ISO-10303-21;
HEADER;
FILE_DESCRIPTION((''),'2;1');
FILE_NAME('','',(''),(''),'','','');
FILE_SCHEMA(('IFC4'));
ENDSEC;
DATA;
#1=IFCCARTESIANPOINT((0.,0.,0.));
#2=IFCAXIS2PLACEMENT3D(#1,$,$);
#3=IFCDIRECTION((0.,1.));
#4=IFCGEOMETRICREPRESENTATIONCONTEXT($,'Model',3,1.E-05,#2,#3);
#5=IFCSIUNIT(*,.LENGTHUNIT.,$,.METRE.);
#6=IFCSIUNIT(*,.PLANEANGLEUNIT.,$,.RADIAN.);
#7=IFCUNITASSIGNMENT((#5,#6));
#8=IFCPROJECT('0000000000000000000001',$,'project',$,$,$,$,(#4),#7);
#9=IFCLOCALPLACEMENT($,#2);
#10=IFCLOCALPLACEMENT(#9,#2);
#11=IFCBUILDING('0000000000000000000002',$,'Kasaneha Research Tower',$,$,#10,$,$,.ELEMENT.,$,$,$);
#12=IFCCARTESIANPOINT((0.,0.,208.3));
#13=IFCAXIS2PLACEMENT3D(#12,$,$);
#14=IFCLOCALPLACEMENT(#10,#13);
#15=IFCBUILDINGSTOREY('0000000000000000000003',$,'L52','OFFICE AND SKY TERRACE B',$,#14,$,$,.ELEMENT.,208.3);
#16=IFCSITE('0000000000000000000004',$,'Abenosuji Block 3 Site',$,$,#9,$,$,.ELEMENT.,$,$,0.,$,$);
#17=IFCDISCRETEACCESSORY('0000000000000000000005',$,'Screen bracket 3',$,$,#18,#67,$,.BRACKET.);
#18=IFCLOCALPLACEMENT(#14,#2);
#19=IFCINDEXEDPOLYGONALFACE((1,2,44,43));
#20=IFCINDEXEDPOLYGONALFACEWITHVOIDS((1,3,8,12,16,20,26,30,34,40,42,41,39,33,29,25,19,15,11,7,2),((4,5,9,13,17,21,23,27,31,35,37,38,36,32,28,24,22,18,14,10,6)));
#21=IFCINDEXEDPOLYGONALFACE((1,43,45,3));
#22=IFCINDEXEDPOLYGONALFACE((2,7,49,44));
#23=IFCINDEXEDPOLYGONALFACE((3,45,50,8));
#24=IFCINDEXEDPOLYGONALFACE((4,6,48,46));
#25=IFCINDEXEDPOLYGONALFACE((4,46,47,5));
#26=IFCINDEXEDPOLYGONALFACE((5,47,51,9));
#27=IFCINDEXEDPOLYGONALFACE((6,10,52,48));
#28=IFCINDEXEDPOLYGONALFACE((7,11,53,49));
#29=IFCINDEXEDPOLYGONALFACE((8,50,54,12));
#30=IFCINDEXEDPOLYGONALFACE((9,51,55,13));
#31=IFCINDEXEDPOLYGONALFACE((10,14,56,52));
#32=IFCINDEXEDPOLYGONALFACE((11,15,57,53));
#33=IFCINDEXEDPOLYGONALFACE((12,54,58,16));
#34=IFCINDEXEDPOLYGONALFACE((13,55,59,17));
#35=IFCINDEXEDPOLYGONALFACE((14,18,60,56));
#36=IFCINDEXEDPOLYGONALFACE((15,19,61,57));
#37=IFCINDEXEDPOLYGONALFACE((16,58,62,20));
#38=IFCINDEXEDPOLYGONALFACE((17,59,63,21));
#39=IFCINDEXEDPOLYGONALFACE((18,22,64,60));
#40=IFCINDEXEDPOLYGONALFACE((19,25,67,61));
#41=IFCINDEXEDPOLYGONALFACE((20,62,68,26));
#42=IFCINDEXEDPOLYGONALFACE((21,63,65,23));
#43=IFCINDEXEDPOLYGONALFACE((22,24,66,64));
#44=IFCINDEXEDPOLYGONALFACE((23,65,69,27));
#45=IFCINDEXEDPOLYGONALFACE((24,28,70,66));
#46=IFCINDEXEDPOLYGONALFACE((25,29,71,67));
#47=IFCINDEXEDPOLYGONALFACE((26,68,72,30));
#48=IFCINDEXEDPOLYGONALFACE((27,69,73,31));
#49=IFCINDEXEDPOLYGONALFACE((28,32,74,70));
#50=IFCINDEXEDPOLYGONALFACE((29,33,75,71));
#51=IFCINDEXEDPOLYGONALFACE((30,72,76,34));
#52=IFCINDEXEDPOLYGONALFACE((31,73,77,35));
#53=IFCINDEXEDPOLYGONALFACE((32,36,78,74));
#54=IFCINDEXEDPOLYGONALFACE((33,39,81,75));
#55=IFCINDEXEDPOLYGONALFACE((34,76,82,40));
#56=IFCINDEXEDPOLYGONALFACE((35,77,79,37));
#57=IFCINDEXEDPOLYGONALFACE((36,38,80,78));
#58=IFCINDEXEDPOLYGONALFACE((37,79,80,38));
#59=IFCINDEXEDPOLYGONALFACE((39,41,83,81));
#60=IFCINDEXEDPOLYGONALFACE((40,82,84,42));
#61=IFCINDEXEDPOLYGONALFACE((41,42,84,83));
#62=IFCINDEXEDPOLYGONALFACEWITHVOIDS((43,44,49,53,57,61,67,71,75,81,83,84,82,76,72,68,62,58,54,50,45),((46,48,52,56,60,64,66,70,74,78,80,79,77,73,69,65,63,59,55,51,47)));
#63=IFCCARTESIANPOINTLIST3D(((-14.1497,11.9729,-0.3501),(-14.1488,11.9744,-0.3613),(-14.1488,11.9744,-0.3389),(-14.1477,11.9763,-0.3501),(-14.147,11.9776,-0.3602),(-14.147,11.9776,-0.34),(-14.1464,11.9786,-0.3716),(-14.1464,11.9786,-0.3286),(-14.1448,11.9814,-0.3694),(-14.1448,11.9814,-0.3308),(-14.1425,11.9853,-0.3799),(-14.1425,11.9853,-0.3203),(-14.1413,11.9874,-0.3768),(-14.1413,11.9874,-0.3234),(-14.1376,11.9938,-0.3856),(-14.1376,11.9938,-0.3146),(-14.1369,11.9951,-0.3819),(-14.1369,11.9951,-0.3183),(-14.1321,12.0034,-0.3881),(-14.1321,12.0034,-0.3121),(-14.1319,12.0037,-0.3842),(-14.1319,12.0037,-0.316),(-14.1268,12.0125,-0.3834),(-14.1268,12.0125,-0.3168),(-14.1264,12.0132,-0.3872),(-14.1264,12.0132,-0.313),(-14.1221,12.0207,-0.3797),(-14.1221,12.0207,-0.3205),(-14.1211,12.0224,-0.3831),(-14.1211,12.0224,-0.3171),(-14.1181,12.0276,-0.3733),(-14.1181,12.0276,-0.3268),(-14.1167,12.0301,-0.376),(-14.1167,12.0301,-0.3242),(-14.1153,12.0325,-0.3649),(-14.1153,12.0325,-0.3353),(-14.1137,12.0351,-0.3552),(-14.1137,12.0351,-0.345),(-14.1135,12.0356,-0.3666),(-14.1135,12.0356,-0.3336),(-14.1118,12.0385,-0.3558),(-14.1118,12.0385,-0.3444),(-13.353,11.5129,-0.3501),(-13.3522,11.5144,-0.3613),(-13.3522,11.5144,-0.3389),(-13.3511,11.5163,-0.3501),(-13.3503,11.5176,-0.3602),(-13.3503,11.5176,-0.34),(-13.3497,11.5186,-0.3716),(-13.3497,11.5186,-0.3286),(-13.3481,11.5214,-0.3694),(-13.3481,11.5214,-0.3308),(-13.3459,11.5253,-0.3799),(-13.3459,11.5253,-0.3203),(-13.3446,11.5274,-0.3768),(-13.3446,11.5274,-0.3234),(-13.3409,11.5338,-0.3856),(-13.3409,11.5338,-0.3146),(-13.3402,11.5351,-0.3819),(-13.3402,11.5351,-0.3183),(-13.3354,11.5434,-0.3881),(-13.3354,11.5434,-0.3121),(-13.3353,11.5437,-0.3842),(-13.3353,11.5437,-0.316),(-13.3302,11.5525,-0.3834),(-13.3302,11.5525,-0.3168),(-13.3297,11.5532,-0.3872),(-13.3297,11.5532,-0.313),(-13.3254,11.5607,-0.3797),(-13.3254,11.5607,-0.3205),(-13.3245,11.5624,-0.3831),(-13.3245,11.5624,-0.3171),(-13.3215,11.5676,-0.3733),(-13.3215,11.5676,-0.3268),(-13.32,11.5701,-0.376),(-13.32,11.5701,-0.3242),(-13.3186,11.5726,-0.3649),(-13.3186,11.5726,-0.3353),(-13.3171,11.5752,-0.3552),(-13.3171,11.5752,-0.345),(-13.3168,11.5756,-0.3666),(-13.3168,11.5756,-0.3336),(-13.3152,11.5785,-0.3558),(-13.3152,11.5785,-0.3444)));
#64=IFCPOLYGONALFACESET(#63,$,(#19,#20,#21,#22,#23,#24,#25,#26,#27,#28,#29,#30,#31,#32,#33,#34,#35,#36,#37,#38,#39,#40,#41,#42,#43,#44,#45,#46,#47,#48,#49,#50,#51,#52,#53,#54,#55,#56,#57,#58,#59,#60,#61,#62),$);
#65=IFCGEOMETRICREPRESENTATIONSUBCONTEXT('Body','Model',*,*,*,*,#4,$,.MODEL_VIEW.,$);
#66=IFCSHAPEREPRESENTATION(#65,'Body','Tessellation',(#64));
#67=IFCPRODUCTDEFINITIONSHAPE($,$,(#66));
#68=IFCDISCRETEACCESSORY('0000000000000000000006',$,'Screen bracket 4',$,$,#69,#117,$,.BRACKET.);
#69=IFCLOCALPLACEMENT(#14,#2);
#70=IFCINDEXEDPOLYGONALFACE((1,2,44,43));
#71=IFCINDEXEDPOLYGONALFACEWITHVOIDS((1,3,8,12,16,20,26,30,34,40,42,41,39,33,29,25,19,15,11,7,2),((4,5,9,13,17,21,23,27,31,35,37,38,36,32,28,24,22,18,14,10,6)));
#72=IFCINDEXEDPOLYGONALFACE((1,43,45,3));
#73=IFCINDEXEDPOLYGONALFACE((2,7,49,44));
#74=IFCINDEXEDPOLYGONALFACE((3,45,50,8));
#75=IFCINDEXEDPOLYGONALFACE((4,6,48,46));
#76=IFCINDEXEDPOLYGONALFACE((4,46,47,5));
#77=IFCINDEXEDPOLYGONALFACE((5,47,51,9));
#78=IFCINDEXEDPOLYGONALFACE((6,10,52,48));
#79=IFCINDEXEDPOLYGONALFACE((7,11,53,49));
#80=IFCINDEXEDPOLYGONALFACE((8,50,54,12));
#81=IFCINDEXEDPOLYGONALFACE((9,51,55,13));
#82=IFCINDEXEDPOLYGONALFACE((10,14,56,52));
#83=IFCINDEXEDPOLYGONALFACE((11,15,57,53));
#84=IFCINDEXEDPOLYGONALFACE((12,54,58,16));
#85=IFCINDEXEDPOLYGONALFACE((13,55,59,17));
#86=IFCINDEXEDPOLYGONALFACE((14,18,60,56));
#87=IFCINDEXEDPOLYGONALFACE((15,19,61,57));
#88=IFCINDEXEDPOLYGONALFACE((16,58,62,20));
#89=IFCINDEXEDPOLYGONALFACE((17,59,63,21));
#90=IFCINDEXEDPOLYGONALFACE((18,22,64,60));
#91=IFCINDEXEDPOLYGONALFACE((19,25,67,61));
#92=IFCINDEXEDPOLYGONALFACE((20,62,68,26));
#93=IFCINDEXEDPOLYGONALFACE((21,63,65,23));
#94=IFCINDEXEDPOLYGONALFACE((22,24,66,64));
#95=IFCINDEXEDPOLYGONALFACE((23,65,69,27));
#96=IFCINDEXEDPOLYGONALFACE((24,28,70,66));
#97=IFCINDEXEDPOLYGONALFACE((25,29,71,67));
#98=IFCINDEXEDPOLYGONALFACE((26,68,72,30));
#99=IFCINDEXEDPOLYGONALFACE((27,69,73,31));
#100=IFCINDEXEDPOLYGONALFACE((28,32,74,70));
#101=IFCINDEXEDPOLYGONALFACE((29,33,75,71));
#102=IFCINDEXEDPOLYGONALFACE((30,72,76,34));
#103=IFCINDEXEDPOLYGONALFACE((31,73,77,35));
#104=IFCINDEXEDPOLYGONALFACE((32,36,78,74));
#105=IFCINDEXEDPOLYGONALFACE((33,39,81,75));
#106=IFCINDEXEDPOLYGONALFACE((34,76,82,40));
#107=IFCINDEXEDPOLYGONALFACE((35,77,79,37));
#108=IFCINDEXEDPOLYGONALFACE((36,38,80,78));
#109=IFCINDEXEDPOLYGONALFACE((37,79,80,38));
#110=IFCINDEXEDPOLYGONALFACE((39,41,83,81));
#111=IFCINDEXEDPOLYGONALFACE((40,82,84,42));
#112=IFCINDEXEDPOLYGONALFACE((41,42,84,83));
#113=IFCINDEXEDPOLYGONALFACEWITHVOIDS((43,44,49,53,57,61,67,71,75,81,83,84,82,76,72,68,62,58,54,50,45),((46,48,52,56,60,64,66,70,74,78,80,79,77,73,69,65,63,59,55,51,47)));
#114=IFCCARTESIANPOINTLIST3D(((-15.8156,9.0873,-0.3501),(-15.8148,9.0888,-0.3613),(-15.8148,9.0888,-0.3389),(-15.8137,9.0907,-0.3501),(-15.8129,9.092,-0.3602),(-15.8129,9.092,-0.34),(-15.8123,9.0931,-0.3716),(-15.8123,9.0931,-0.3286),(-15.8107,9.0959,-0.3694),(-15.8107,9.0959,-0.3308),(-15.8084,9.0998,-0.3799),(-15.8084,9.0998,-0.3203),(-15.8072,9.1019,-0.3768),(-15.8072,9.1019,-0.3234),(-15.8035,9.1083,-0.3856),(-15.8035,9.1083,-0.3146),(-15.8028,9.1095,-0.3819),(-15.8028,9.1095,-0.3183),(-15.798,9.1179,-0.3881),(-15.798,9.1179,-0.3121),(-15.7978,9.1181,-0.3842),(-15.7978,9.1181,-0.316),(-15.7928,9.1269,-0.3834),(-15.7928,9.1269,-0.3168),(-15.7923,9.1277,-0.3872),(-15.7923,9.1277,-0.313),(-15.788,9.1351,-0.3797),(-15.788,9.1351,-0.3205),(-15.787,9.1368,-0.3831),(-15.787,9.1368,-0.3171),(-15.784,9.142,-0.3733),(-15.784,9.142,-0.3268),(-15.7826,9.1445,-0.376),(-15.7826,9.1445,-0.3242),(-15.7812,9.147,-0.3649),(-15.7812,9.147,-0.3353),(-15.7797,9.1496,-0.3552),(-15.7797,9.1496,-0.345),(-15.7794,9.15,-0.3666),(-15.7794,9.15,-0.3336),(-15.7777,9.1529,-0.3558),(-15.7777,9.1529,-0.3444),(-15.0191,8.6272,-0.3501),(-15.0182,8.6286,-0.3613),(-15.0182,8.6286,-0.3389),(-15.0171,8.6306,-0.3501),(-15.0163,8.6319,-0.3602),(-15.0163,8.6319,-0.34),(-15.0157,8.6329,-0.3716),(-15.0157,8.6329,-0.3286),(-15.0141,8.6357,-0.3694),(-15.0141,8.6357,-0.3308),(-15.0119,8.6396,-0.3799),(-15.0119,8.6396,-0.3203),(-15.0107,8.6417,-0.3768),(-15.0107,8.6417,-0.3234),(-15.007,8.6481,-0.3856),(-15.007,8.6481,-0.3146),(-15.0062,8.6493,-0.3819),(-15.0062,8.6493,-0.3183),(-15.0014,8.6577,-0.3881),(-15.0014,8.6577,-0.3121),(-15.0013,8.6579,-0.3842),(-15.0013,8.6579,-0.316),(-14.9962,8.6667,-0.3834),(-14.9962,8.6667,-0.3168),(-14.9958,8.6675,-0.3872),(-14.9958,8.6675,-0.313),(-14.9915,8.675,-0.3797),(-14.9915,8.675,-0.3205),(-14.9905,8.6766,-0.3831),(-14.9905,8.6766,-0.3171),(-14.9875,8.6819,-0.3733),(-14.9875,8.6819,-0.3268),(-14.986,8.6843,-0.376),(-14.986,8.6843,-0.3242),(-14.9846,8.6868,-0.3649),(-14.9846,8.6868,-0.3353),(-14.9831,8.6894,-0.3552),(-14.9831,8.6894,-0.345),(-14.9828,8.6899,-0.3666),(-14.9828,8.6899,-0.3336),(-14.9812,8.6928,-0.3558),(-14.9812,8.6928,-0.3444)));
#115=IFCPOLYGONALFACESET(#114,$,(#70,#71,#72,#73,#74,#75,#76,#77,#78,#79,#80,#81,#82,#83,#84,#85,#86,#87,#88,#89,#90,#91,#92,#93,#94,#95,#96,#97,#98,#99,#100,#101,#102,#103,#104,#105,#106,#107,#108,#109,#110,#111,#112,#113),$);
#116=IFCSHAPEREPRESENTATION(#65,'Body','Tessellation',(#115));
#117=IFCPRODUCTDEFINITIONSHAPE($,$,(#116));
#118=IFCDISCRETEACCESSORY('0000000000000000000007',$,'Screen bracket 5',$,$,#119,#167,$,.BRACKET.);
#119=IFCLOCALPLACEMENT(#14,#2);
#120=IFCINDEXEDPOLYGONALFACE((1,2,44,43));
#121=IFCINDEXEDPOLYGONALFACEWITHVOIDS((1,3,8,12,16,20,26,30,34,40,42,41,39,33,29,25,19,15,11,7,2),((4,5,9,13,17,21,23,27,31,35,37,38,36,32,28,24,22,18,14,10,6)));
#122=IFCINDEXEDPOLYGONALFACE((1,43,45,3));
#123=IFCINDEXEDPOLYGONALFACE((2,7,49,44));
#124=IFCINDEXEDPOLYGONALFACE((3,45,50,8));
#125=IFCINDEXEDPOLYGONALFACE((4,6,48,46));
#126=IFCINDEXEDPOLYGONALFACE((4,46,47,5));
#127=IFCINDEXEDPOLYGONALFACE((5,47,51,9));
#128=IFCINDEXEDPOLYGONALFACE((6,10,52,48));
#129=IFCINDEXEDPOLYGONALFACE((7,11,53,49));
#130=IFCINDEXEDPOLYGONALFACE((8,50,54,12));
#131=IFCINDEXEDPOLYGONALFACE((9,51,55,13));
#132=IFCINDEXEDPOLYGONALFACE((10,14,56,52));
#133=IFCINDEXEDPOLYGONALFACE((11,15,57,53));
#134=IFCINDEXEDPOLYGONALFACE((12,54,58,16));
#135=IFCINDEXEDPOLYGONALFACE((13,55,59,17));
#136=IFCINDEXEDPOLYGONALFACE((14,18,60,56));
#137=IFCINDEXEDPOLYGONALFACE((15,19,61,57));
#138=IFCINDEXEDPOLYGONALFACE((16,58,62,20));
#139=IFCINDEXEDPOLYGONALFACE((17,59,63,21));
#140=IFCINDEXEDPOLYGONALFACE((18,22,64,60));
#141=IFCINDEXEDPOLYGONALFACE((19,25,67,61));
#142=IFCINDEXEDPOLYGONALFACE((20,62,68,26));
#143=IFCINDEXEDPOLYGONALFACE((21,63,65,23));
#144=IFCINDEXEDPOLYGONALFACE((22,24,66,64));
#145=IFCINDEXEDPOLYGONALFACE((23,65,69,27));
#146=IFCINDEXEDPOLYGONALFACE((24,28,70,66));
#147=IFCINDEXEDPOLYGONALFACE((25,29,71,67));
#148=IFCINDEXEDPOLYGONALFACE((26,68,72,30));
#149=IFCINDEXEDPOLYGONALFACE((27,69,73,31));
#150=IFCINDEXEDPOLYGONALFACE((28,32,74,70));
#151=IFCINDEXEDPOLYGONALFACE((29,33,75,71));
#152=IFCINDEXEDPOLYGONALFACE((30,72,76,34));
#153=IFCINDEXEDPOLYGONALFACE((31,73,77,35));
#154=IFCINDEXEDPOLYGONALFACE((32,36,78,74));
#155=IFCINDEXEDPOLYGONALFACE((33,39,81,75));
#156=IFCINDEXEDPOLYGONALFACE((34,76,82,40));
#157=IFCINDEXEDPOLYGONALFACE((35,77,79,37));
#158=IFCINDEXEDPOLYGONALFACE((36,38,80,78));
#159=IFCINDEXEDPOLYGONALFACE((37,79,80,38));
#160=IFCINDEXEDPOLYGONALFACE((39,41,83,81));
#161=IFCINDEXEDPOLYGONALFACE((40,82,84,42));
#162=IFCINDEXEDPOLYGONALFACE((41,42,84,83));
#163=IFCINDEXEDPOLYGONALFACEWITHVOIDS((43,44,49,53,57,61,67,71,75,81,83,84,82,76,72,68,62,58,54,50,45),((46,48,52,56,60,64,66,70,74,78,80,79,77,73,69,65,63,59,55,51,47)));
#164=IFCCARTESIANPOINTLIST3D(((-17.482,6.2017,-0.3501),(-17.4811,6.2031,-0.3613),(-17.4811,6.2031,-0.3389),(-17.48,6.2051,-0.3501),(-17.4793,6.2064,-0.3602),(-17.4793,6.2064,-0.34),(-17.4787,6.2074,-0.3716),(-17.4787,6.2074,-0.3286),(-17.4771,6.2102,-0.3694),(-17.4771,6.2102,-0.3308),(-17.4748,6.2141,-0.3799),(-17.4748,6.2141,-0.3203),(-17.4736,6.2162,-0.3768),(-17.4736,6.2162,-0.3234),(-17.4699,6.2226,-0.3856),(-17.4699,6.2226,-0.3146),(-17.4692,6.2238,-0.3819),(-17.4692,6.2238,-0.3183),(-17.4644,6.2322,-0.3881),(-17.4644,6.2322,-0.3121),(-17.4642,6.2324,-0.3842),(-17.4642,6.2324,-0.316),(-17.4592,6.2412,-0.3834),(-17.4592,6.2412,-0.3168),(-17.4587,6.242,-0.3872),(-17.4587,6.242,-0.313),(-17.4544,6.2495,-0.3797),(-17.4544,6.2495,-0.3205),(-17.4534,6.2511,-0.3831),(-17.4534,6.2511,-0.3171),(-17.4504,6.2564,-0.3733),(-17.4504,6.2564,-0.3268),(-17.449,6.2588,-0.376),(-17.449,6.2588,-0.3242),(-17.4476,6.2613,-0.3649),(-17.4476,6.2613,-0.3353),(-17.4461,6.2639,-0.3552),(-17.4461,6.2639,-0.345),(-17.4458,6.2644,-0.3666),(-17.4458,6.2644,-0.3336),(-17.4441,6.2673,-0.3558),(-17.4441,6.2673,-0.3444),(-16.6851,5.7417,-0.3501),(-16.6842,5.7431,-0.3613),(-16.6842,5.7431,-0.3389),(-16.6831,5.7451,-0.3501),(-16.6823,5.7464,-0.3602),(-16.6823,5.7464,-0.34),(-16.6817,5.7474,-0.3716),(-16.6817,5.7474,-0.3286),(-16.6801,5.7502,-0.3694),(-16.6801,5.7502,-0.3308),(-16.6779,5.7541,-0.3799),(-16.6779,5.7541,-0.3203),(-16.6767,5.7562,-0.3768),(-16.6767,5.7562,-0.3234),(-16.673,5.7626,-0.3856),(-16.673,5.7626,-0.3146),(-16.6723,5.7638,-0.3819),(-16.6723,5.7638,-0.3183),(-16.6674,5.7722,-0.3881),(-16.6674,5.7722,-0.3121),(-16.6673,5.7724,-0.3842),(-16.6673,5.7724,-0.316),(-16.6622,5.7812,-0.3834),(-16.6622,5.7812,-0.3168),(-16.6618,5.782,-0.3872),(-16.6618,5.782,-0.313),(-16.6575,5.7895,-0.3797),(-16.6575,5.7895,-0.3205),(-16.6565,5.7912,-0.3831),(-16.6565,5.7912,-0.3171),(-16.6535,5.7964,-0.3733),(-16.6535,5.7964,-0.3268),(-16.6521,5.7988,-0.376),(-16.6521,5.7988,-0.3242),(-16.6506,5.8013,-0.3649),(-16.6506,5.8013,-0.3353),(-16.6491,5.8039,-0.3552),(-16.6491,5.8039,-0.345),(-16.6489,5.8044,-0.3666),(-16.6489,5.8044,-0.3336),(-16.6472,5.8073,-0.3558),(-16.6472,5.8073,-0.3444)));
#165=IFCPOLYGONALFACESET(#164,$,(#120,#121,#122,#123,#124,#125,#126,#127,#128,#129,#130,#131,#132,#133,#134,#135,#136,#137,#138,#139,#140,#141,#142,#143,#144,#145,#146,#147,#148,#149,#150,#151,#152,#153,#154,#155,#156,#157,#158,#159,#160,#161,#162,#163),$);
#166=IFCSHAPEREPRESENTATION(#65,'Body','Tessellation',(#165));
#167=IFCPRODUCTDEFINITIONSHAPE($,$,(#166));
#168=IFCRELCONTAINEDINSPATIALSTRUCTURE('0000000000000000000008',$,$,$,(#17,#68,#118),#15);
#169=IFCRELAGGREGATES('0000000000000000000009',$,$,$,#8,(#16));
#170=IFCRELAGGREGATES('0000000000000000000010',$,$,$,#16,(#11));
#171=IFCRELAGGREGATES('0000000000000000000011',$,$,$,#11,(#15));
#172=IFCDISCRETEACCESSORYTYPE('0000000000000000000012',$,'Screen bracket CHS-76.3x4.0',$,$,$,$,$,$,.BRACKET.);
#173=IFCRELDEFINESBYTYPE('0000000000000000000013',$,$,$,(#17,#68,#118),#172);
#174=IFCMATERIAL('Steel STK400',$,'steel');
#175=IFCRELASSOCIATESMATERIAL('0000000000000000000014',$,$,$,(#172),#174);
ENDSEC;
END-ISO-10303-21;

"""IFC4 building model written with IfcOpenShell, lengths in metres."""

from ifc_helpers import new_model, si_unit, direction, frame, origin, origin_2d, place, context, subcontext, project, spatial, hollow_circle, extrude, material, material_profile, profile_set, type_object, element, save


model = new_model("IFC4")

# Units and contexts
model_context = context("Model", 3, precision=1e-05, world=origin(), true_north=direction((0.0, 1.0)))
body_context = subcontext(model_context, "Body", "Model", "MODEL_VIEW")
ifc_project = project(units=[si_unit("LENGTHUNIT", "METRE"), si_unit("PLANEANGLEUNIT", "RADIAN")], contexts=[model_context])

# Site, building, storey
site_placement = place(None, origin())
site = spatial("IfcSite", under=ifc_project, at=site_placement, Name="Abenosuji Block 3 Site", CompositionType="ELEMENT", RefElevation=0.0)
building_placement = place(site_placement, origin())
building = spatial("IfcBuilding", under=site, at=building_placement, Name="Kasaneha Research Tower", CompositionType="ELEMENT")
storey_placement = place(building_placement, frame((0.0, 0.0, 208.3)))
storey = spatial("IfcBuildingStorey", under=building, at=storey_placement, Name="L52", Description="OFFICE AND SKY TERRACE B", CompositionType="ELEMENT", Elevation=208.3)

# Discrete accessories
ifc_material_1 = material(Name="Steel STK400", Category="steel")
ifc_material_profile_1 = material_profile(ifc_material_1, hollow_circle(Radius=0.0381, WallThickness=0.0039, at=origin_2d()), Name="CHS-76.3x4.0")
ifc_profile_set_1 = profile_set([ifc_material_profile_1], Name="Steel STK400")
discrete_accessory_type = type_object("IfcDiscreteAccessoryType", Name="Screen bracket CHS-76.3x4.0", PredefinedType="BRACKET", material=ifc_profile_set_1)
for number, where, z_axis, x_axis, name in (
    (1, (-13.334, 11.5459, -0.3501), (-0.866013, 0.500021, 0.0), (-0.500021, -0.866013, 0.0), "Screen bracket 3"),
    (2, (-15.0, 8.6602, -0.3501), (-0.865898, 0.50022, 0.0), (-0.50022, -0.865898, 0.0), "Screen bracket 4"),
):
    element("IfcDiscreteAccessory", number, at=place(storey_placement, frame(where, z_axis=z_axis, x_axis=x_axis)), inside=storey, type_object=discrete_accessory_type, Name=name, PredefinedType="BRACKET", context=body_context, shape_type="SweptSolid", body=[
        extrude(hollow_circle(Radius=0.0381, WallThickness=0.0039, at=origin_2d()), origin(), (0.0, 0.0, 1.0), 0.9199),
    ])
discrete_accessory_1_placement = place(storey_placement, frame((-16.666, 5.7747, -0.3501), z_axis=(-0.86608, 0.499906, 0.0), x_axis=(-0.499906, -0.86608, 0.0)))
element("IfcDiscreteAccessory", 3, at=discrete_accessory_1_placement, inside=storey, type_object=discrete_accessory_type, Name="Screen bracket 5", PredefinedType="BRACKET", context=body_context, shape_type="SweptSolid", body=[
    extrude(hollow_circle(Radius=0.0381, WallThickness=0.0039, at=origin_2d()), origin(), (0.0, 0.0, 1.0), 0.9202),
])

save(model, "model.ifc")
